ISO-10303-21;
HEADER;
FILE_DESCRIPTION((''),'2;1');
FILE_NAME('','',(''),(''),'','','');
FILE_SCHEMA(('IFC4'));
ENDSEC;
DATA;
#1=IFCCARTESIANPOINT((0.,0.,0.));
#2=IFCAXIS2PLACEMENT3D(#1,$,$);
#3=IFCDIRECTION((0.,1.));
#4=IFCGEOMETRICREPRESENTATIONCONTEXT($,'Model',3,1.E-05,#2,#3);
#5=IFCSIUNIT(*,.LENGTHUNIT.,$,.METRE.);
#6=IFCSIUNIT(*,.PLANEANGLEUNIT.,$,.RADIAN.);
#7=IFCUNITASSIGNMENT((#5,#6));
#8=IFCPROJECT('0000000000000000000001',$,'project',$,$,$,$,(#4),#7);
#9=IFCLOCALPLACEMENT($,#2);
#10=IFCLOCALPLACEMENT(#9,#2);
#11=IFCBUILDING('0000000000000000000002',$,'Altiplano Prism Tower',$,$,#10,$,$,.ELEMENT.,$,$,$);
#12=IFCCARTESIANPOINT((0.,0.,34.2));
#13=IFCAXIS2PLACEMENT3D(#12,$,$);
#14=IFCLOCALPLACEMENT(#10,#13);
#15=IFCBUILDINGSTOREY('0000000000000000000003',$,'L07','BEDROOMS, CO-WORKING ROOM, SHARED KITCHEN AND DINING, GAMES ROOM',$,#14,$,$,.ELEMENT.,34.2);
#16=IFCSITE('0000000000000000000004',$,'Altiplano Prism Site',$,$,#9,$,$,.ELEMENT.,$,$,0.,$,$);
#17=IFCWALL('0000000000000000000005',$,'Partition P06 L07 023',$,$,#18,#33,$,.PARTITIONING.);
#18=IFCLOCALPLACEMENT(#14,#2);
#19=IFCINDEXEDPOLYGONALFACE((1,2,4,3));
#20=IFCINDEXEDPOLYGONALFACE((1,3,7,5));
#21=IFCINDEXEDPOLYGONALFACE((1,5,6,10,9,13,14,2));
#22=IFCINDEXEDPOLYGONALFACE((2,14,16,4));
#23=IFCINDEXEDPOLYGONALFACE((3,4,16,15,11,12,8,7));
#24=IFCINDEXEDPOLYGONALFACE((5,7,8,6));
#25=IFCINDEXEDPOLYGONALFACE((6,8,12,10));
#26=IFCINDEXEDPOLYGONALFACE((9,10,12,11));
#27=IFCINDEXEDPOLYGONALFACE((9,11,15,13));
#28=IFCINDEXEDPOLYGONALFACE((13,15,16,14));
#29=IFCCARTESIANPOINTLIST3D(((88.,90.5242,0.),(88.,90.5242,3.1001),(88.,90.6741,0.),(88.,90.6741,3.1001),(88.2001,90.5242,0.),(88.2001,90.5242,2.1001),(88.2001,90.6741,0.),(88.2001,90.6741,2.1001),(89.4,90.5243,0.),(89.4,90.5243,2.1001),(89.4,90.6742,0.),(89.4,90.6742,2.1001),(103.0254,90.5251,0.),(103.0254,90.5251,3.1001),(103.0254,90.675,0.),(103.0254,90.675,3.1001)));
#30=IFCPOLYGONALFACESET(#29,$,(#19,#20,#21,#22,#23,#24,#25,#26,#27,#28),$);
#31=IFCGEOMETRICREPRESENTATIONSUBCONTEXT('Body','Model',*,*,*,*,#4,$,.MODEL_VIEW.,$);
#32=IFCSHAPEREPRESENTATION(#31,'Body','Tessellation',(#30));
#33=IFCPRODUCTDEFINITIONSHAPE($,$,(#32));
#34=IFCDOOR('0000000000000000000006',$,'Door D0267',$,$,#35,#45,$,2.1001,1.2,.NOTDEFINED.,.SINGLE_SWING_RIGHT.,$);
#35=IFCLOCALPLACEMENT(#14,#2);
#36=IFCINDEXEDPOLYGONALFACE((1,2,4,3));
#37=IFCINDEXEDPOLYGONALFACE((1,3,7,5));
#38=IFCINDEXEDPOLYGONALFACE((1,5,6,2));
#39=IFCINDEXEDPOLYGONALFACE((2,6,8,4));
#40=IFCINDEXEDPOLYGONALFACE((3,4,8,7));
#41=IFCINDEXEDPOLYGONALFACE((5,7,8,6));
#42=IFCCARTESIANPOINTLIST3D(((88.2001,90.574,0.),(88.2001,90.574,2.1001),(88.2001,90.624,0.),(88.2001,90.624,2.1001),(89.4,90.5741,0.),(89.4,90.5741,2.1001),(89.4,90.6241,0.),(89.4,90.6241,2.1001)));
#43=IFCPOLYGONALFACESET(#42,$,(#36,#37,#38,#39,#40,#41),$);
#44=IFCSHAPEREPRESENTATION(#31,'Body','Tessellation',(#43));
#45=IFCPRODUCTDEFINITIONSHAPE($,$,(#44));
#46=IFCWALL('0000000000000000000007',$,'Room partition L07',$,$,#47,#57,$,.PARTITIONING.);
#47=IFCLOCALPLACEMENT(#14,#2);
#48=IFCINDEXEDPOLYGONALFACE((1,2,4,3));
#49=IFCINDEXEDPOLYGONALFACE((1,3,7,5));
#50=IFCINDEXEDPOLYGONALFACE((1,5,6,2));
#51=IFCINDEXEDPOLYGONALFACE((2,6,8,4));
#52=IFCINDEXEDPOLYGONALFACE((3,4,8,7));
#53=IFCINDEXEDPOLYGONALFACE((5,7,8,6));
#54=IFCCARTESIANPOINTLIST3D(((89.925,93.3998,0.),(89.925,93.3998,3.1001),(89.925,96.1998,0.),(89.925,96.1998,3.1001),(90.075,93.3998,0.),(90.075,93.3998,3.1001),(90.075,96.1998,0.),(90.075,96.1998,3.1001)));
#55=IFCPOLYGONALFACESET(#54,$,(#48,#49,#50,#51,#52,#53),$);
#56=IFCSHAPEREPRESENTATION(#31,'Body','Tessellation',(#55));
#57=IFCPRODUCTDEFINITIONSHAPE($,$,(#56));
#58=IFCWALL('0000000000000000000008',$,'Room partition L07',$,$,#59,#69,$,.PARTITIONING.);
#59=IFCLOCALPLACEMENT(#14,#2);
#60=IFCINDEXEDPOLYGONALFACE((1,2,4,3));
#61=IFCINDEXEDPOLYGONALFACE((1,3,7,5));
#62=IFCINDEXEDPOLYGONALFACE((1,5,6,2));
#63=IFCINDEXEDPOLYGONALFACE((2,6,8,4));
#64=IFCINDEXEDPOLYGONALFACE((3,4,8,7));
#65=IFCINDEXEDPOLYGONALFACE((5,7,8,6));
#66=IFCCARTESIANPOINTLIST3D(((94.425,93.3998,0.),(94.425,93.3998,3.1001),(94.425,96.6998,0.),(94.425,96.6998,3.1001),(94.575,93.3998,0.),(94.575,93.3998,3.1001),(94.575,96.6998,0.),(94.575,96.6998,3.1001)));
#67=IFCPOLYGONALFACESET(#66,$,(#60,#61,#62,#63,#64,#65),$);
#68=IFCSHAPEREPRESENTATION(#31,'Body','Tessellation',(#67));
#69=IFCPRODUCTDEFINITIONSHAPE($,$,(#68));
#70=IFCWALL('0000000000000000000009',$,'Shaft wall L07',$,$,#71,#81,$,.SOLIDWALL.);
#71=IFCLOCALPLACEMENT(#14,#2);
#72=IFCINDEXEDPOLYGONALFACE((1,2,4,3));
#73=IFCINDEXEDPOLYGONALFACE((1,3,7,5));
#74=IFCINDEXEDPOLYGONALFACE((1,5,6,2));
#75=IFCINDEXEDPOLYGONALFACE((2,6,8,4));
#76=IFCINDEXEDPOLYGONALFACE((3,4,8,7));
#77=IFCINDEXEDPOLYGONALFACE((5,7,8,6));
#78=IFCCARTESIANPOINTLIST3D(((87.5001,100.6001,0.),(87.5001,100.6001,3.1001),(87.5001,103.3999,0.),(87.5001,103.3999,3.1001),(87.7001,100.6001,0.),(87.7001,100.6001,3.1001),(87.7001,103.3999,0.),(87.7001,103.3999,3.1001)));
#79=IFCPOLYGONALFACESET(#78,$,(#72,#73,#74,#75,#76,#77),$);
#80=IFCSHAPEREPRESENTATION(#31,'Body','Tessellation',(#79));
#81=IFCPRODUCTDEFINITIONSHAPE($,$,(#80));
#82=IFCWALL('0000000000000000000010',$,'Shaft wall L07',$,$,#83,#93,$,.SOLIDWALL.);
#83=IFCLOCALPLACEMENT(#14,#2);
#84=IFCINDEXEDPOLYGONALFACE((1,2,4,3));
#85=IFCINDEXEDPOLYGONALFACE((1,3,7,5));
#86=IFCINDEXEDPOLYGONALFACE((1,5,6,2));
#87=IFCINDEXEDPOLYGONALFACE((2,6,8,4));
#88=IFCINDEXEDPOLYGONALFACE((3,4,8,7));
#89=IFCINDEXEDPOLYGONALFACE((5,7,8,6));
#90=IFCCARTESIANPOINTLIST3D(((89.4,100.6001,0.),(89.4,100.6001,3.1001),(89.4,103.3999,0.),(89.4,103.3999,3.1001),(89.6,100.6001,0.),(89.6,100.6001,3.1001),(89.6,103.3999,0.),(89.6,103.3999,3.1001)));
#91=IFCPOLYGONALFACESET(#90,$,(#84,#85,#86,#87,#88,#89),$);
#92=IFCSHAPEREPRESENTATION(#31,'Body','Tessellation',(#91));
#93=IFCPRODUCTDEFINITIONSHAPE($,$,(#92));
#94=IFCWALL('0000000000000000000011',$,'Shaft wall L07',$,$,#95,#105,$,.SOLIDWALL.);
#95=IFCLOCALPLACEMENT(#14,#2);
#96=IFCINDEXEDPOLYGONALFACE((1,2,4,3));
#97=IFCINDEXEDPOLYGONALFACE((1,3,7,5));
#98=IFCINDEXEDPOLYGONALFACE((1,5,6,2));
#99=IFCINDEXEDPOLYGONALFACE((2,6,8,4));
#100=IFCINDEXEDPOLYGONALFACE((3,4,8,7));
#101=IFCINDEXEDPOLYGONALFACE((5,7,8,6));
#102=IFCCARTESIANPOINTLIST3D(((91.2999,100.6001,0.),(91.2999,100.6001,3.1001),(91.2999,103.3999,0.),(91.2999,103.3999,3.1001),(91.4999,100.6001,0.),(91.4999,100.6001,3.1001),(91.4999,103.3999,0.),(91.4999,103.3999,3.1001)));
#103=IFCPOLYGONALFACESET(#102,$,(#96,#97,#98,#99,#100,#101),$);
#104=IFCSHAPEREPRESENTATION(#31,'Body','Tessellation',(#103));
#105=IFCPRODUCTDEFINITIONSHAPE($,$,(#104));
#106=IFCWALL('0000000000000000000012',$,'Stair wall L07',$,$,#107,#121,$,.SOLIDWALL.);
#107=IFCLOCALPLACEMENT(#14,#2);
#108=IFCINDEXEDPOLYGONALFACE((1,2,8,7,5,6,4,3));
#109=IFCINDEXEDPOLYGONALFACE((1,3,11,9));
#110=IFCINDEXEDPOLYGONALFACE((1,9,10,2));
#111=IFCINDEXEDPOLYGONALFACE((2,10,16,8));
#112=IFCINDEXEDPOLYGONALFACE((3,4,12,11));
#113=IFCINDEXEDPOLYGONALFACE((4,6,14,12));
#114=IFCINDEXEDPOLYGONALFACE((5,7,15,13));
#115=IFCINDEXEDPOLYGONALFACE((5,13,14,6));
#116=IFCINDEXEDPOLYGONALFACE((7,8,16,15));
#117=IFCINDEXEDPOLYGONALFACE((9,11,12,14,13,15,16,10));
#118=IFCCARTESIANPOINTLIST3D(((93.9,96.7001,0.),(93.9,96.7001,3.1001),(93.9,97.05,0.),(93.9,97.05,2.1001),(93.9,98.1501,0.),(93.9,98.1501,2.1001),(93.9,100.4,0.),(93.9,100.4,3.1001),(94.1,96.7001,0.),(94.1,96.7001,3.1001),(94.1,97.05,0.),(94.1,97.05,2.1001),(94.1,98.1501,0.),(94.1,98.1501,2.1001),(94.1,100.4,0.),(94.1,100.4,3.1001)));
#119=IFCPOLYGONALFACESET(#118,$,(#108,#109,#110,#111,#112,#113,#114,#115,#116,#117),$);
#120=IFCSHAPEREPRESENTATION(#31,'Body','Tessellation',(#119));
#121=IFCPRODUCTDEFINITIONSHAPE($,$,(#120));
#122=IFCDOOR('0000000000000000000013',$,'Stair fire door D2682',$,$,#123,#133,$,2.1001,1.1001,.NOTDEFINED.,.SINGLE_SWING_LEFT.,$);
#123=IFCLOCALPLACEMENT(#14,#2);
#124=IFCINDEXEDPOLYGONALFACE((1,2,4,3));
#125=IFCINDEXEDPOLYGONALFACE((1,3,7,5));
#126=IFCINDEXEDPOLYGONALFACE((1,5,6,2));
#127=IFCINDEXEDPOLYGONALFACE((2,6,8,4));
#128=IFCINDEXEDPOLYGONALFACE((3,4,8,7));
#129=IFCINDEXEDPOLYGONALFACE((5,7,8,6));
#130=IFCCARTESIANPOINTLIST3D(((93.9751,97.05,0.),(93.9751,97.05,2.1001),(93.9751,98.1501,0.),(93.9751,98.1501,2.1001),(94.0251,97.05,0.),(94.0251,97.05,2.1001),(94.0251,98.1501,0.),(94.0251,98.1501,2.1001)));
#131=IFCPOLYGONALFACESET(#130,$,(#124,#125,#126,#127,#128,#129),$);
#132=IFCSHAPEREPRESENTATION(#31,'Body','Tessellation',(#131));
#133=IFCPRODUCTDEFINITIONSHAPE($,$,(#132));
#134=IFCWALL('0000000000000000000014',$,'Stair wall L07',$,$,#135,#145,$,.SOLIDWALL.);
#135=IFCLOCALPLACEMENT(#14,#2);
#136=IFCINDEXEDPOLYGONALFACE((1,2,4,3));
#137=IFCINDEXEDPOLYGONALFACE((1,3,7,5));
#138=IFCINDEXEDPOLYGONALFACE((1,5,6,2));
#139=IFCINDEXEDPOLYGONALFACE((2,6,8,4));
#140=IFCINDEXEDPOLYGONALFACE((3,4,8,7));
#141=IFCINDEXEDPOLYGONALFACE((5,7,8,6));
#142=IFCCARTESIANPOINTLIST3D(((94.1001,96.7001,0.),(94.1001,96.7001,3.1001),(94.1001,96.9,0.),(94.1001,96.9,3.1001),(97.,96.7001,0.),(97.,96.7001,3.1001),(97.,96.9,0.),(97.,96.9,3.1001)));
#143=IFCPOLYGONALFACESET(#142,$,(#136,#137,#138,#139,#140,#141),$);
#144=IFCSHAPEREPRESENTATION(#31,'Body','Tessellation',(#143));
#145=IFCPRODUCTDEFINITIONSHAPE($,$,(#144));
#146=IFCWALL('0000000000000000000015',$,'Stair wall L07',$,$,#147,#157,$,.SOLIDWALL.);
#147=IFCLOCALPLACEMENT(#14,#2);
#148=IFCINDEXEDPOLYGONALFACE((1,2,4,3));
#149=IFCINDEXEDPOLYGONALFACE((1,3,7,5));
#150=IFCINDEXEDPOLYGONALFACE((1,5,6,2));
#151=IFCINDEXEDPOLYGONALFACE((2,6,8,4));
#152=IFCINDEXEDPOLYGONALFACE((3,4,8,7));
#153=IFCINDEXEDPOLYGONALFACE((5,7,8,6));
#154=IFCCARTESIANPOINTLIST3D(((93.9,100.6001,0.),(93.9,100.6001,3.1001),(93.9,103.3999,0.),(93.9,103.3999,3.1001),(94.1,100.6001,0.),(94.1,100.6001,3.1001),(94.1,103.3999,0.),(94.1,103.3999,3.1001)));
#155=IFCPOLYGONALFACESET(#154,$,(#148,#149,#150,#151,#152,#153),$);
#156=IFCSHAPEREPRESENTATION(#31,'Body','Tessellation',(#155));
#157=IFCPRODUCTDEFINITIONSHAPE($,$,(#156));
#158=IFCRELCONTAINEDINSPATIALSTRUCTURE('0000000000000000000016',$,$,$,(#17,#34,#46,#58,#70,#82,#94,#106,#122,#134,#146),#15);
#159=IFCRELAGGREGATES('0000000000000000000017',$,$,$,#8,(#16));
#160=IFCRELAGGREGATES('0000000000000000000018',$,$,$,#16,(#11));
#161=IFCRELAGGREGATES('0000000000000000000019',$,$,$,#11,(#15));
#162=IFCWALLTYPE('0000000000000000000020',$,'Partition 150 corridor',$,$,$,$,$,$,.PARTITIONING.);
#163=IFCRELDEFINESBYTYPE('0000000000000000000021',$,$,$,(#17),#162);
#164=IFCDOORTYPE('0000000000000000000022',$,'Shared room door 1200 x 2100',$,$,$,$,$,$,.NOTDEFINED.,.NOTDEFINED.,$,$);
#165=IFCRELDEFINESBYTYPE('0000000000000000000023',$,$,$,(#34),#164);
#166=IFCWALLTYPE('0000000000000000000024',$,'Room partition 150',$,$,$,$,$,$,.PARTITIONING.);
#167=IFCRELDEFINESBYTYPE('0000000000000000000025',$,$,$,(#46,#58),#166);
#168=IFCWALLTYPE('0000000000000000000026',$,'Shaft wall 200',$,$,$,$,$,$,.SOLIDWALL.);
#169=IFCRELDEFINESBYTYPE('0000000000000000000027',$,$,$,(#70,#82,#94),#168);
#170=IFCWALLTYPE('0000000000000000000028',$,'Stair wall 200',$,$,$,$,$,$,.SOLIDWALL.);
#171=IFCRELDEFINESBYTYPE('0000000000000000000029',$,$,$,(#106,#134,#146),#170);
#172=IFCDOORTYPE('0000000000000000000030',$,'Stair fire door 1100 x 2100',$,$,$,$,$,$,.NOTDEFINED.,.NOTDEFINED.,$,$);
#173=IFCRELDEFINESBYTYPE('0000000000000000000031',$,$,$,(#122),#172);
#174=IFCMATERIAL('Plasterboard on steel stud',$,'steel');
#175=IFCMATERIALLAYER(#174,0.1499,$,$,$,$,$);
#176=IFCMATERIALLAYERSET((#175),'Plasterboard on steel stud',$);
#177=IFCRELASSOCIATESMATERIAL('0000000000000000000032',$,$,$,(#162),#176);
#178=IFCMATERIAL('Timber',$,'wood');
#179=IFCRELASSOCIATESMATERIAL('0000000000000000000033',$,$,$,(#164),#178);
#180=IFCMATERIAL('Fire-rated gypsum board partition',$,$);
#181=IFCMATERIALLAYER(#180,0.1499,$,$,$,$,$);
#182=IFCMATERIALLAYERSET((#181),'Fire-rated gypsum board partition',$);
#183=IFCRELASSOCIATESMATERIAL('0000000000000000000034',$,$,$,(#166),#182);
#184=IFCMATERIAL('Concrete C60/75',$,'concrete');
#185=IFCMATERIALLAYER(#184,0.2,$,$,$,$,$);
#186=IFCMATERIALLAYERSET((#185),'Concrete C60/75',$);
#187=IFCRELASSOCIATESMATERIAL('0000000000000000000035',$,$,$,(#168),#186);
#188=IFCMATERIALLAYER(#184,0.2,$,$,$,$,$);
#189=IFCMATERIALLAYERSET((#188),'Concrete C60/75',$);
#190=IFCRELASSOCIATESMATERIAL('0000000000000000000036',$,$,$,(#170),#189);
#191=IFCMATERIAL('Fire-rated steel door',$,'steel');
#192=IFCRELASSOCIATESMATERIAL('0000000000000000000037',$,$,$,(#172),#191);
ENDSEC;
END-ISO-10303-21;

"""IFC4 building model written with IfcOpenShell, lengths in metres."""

from ifc_helpers import new_model, si_unit, direction, frame, frame_2d, origin, place, context, subcontext, project, spatial, rectangle, extrude, material, layer, layer_set, type_object, element, fill, save


model = new_model("IFC4")

# Units and contexts
model_context = context("Model", 3, precision=1e-05, world=origin(), true_north=direction((0.0, 1.0)))
body_context = subcontext(model_context, "Body", "Model", "MODEL_VIEW")
ifc_project = project(units=[si_unit("LENGTHUNIT", "METRE"), si_unit("PLANEANGLEUNIT", "RADIAN")], contexts=[model_context])

# Site, building, storey
site_placement = place(None, origin())
site = spatial("IfcSite", under=ifc_project, at=site_placement, Name="Altiplano Prism Site", CompositionType="ELEMENT", RefElevation=0.0)
building_placement = place(site_placement, origin())
building = spatial("IfcBuilding", under=site, at=building_placement, Name="Altiplano Prism Tower", CompositionType="ELEMENT")
storey_placement = place(building_placement, frame((0.0, 0.0, 34.2)))
storey = spatial("IfcBuildingStorey", under=building, at=storey_placement, Name="L07", Description="BEDROOMS, CO-WORKING ROOM, SHARED KITCHEN AND DINING, GAMES ROOM", CompositionType="ELEMENT", Elevation=34.2)

# Wall, opening, door
ifc_material_1 = material(Name="Plasterboard on steel stud", Category="steel")
ifc_layer_1 = layer(ifc_material_1, 0.1499)
ifc_layer_set_1 = layer_set([ifc_layer_1], Name="Plasterboard on steel stud")
wall_type_1 = type_object("IfcWallType", Name="Partition 150 corridor", PredefinedType="PARTITIONING", material=ifc_layer_set_1)
wall_1_placement = place(storey_placement, frame((88.0, 90.5991, 0.0), z_axis=(0.0, 0.0, 1.0), x_axis=(1.0, 0.000065, 0.0)))
wall_1 = element("IfcWall", 1, at=wall_1_placement, inside=storey, type_object=wall_type_1, Name="Partition P06 L07 023", PredefinedType="PARTITIONING", context=body_context, shape_type="SweptSolid", body=[
    extrude(rectangle(XDim=15.0254, YDim=0.1499, at=frame_2d((7.5127, 0.0))), origin(), (0.0, 0.0, 1.0), 3.1001),
])
opening_1_placement = place(wall_1_placement, frame((0.2, 0.0, 0.0)))
opening_1 = element("IfcOpeningElement", 2, at=opening_1_placement, cuts=wall_1, PredefinedType="OPENING", context=body_context, shape_type="SweptSolid", body=[
    extrude(rectangle(XDim=1.2, YDim=2.1001, at=frame_2d((0.6001, 1.05))), frame((0.0, 0.0854, 0.0), z_axis=(0.0, -1.0, 0.0), x_axis=(1.0, 0.0, 0.0)), (0.0, 0.0, 1.0), 0.1709),
])
ifc_material_2 = material(Name="Timber", Category="wood")
door_type_1 = type_object("IfcDoorType", Name="Shared room door 1200 x 2100", OperationType="NOTDEFINED", PredefinedType="NOTDEFINED", material=ifc_material_2)
door_1_placement = place(opening_1_placement, origin())
door_1 = element("IfcDoor", 3, at=door_1_placement, inside=storey, type_object=door_type_1, Name="Door D0267", OperationType="SINGLE_SWING_RIGHT", OverallHeight=2.1001, OverallWidth=1.2, PredefinedType="NOTDEFINED", context=body_context, shape_type="SweptSolid", body=[
    extrude(rectangle(XDim=1.2, YDim=2.1001, at=frame_2d((0.6001, 1.05))), frame((0.0, 0.0249, 0.0), z_axis=(0.0, -1.0, 0.0), x_axis=(1.0, 0.0, 0.0)), (0.0, 0.0, 1.0), 0.05),
])
fill(opening_1, door_1)

# Walls
ifc_material_3 = material(Name="Fire-rated gypsum board partition")
ifc_layer_2 = layer(ifc_material_3, 0.1499)
ifc_layer_set_2 = layer_set([ifc_layer_2], Name="Fire-rated gypsum board partition")
wall_type_2 = type_object("IfcWallType", Name="Room partition 150", PredefinedType="PARTITIONING", material=ifc_layer_set_2)
wall_2_placement = place(storey_placement, frame((90.0, 93.3999, 0.0), z_axis=(0.0, 0.0, 1.0), x_axis=(0.0, 1.0, 0.0)))
element("IfcWall", 4, at=wall_2_placement, inside=storey, type_object=wall_type_2, Name="Room partition L07", PredefinedType="PARTITIONING", context=body_context, shape_type="SweptSolid", body=[
    extrude(rectangle(XDim=2.8, YDim=0.1499, at=frame_2d((1.3999, 0.0))), origin(), (0.0, 0.0, 1.0), 3.1001),
])
wall_3_placement = place(storey_placement, frame((94.5, 93.3999, 0.0), z_axis=(0.0, 0.0, 1.0), x_axis=(0.0, 1.0, 0.0)))
element("IfcWall", 5, at=wall_3_placement, inside=storey, type_object=wall_type_2, Name="Room partition L07", PredefinedType="PARTITIONING", context=body_context, shape_type="SweptSolid", body=[
    extrude(rectangle(XDim=3.3, YDim=0.1499, at=frame_2d((1.6499, 0.0))), origin(), (0.0, 0.0, 1.0), 3.1001),
])
ifc_material_4 = material(Name="Concrete C60/75", Category="concrete")
ifc_layer_3 = layer(ifc_material_4, 0.2)
ifc_layer_set_3 = layer_set([ifc_layer_3], Name="Concrete C60/75")
wall_type_3 = type_object("IfcWallType", Name="Shaft wall 200", PredefinedType="SOLIDWALL", material=ifc_layer_set_3)
for number, where, z_axis, x_axis, name in (
    (6, (87.6001, 100.6001, 0.0), (0.0, 0.0, 1.0), (0.0, 1.0, 0.0), "Shaft wall L07"),
    (7, (89.5, 100.6001, 0.0), (0.0, 0.0, 1.0), (0.0, 1.0, 0.0), "Shaft wall L07"),
    (8, (91.3999, 100.6001, 0.0), (0.0, 0.0, 1.0), (0.0, 1.0, 0.0), "Shaft wall L07"),
):
    element("IfcWall", number, at=place(storey_placement, frame(where, z_axis=z_axis, x_axis=x_axis)), inside=storey, type_object=wall_type_3, Name=name, PredefinedType="SOLIDWALL", context=body_context, shape_type="SweptSolid", body=[
        extrude(rectangle(XDim=2.7998, YDim=0.2, at=frame_2d((1.3999, 0.0))), origin(), (0.0, 0.0, 1.0), 3.1001),
    ])

# Wall, opening, door
ifc_layer_4 = layer(ifc_material_4, 0.2)
ifc_layer_set_4 = layer_set([ifc_layer_4], Name="Concrete C60/75")
wall_type_4 = type_object("IfcWallType", Name="Stair wall 200", PredefinedType="SOLIDWALL", material=ifc_layer_set_4)
wall_4_placement = place(storey_placement, frame((94.0, 96.7, 0.0), z_axis=(0.0, 0.0, 1.0), x_axis=(0.0, 1.0, 0.0)))
wall_4 = element("IfcWall", 9, at=wall_4_placement, inside=storey, type_object=wall_type_4, Name="Stair wall L07", PredefinedType="SOLIDWALL", context=body_context, shape_type="SweptSolid", body=[
    extrude(rectangle(XDim=3.7, YDim=0.2, at=frame_2d((1.8501, 0.0))), origin(), (0.0, 0.0, 1.0), 3.1001),
])
opening_2_placement = place(wall_4_placement, frame((0.3501, 0.0, 0.0)))
opening_2 = element("IfcOpeningElement", 10, at=opening_2_placement, cuts=wall_4, PredefinedType="OPENING", context=body_context, shape_type="SweptSolid", body=[
    extrude(rectangle(XDim=1.1001, YDim=2.1001, at=frame_2d((0.55, 1.05))), frame((0.0, 0.1104, 0.0), z_axis=(0.0, -1.0, 0.0), x_axis=(1.0, 0.0, 0.0)), (0.0, 0.0, 1.0), 0.2209),
])
ifc_material_5 = material(Name="Fire-rated steel door", Category="steel")
door_type_2 = type_object("IfcDoorType", Name="Stair fire door 1100 x 2100", OperationType="NOTDEFINED", PredefinedType="NOTDEFINED", material=ifc_material_5)
door_2_placement = place(opening_2_placement, origin())
door_2 = element("IfcDoor", 11, at=door_2_placement, inside=storey, type_object=door_type_2, Name="Stair fire door D2682", OperationType="SINGLE_SWING_LEFT", OverallHeight=2.1001, OverallWidth=1.1001, PredefinedType="NOTDEFINED", context=body_context, shape_type="SweptSolid", body=[
    extrude(rectangle(XDim=1.1001, YDim=2.1001, at=frame_2d((0.55, 1.05))), frame((0.0, 0.0249, 0.0), z_axis=(0.0, -1.0, 0.0), x_axis=(1.0, 0.0, 0.0)), (0.0, 0.0, 1.0), 0.05),
])
fill(opening_2, door_2)

# Walls
wall_5_placement = place(storey_placement, frame((94.1001, 96.8, 0.0), z_axis=(0.0, 0.0, 1.0), x_axis=(1.0, 0.0, 0.0)))
element("IfcWall", 12, at=wall_5_placement, inside=storey, type_object=wall_type_4, Name="Stair wall L07", PredefinedType="SOLIDWALL", context=body_context, shape_type="SweptSolid", body=[
    extrude(rectangle(XDim=2.8999, YDim=0.2, at=frame_2d((1.45, 0.0))), origin(), (0.0, 0.0, 1.0), 3.1001),
])
wall_6_placement = place(storey_placement, frame((94.0, 100.6001, 0.0), z_axis=(0.0, 0.0, 1.0), x_axis=(0.0, 1.0, 0.0)))
element("IfcWall", 13, at=wall_6_placement, inside=storey, type_object=wall_type_4, Name="Stair wall L07", PredefinedType="SOLIDWALL", context=body_context, shape_type="SweptSolid", body=[
    extrude(rectangle(XDim=2.7998, YDim=0.2, at=frame_2d((1.3999, 0.0))), origin(), (0.0, 0.0, 1.0), 3.1001),
])

save(model, "model.ifc")
